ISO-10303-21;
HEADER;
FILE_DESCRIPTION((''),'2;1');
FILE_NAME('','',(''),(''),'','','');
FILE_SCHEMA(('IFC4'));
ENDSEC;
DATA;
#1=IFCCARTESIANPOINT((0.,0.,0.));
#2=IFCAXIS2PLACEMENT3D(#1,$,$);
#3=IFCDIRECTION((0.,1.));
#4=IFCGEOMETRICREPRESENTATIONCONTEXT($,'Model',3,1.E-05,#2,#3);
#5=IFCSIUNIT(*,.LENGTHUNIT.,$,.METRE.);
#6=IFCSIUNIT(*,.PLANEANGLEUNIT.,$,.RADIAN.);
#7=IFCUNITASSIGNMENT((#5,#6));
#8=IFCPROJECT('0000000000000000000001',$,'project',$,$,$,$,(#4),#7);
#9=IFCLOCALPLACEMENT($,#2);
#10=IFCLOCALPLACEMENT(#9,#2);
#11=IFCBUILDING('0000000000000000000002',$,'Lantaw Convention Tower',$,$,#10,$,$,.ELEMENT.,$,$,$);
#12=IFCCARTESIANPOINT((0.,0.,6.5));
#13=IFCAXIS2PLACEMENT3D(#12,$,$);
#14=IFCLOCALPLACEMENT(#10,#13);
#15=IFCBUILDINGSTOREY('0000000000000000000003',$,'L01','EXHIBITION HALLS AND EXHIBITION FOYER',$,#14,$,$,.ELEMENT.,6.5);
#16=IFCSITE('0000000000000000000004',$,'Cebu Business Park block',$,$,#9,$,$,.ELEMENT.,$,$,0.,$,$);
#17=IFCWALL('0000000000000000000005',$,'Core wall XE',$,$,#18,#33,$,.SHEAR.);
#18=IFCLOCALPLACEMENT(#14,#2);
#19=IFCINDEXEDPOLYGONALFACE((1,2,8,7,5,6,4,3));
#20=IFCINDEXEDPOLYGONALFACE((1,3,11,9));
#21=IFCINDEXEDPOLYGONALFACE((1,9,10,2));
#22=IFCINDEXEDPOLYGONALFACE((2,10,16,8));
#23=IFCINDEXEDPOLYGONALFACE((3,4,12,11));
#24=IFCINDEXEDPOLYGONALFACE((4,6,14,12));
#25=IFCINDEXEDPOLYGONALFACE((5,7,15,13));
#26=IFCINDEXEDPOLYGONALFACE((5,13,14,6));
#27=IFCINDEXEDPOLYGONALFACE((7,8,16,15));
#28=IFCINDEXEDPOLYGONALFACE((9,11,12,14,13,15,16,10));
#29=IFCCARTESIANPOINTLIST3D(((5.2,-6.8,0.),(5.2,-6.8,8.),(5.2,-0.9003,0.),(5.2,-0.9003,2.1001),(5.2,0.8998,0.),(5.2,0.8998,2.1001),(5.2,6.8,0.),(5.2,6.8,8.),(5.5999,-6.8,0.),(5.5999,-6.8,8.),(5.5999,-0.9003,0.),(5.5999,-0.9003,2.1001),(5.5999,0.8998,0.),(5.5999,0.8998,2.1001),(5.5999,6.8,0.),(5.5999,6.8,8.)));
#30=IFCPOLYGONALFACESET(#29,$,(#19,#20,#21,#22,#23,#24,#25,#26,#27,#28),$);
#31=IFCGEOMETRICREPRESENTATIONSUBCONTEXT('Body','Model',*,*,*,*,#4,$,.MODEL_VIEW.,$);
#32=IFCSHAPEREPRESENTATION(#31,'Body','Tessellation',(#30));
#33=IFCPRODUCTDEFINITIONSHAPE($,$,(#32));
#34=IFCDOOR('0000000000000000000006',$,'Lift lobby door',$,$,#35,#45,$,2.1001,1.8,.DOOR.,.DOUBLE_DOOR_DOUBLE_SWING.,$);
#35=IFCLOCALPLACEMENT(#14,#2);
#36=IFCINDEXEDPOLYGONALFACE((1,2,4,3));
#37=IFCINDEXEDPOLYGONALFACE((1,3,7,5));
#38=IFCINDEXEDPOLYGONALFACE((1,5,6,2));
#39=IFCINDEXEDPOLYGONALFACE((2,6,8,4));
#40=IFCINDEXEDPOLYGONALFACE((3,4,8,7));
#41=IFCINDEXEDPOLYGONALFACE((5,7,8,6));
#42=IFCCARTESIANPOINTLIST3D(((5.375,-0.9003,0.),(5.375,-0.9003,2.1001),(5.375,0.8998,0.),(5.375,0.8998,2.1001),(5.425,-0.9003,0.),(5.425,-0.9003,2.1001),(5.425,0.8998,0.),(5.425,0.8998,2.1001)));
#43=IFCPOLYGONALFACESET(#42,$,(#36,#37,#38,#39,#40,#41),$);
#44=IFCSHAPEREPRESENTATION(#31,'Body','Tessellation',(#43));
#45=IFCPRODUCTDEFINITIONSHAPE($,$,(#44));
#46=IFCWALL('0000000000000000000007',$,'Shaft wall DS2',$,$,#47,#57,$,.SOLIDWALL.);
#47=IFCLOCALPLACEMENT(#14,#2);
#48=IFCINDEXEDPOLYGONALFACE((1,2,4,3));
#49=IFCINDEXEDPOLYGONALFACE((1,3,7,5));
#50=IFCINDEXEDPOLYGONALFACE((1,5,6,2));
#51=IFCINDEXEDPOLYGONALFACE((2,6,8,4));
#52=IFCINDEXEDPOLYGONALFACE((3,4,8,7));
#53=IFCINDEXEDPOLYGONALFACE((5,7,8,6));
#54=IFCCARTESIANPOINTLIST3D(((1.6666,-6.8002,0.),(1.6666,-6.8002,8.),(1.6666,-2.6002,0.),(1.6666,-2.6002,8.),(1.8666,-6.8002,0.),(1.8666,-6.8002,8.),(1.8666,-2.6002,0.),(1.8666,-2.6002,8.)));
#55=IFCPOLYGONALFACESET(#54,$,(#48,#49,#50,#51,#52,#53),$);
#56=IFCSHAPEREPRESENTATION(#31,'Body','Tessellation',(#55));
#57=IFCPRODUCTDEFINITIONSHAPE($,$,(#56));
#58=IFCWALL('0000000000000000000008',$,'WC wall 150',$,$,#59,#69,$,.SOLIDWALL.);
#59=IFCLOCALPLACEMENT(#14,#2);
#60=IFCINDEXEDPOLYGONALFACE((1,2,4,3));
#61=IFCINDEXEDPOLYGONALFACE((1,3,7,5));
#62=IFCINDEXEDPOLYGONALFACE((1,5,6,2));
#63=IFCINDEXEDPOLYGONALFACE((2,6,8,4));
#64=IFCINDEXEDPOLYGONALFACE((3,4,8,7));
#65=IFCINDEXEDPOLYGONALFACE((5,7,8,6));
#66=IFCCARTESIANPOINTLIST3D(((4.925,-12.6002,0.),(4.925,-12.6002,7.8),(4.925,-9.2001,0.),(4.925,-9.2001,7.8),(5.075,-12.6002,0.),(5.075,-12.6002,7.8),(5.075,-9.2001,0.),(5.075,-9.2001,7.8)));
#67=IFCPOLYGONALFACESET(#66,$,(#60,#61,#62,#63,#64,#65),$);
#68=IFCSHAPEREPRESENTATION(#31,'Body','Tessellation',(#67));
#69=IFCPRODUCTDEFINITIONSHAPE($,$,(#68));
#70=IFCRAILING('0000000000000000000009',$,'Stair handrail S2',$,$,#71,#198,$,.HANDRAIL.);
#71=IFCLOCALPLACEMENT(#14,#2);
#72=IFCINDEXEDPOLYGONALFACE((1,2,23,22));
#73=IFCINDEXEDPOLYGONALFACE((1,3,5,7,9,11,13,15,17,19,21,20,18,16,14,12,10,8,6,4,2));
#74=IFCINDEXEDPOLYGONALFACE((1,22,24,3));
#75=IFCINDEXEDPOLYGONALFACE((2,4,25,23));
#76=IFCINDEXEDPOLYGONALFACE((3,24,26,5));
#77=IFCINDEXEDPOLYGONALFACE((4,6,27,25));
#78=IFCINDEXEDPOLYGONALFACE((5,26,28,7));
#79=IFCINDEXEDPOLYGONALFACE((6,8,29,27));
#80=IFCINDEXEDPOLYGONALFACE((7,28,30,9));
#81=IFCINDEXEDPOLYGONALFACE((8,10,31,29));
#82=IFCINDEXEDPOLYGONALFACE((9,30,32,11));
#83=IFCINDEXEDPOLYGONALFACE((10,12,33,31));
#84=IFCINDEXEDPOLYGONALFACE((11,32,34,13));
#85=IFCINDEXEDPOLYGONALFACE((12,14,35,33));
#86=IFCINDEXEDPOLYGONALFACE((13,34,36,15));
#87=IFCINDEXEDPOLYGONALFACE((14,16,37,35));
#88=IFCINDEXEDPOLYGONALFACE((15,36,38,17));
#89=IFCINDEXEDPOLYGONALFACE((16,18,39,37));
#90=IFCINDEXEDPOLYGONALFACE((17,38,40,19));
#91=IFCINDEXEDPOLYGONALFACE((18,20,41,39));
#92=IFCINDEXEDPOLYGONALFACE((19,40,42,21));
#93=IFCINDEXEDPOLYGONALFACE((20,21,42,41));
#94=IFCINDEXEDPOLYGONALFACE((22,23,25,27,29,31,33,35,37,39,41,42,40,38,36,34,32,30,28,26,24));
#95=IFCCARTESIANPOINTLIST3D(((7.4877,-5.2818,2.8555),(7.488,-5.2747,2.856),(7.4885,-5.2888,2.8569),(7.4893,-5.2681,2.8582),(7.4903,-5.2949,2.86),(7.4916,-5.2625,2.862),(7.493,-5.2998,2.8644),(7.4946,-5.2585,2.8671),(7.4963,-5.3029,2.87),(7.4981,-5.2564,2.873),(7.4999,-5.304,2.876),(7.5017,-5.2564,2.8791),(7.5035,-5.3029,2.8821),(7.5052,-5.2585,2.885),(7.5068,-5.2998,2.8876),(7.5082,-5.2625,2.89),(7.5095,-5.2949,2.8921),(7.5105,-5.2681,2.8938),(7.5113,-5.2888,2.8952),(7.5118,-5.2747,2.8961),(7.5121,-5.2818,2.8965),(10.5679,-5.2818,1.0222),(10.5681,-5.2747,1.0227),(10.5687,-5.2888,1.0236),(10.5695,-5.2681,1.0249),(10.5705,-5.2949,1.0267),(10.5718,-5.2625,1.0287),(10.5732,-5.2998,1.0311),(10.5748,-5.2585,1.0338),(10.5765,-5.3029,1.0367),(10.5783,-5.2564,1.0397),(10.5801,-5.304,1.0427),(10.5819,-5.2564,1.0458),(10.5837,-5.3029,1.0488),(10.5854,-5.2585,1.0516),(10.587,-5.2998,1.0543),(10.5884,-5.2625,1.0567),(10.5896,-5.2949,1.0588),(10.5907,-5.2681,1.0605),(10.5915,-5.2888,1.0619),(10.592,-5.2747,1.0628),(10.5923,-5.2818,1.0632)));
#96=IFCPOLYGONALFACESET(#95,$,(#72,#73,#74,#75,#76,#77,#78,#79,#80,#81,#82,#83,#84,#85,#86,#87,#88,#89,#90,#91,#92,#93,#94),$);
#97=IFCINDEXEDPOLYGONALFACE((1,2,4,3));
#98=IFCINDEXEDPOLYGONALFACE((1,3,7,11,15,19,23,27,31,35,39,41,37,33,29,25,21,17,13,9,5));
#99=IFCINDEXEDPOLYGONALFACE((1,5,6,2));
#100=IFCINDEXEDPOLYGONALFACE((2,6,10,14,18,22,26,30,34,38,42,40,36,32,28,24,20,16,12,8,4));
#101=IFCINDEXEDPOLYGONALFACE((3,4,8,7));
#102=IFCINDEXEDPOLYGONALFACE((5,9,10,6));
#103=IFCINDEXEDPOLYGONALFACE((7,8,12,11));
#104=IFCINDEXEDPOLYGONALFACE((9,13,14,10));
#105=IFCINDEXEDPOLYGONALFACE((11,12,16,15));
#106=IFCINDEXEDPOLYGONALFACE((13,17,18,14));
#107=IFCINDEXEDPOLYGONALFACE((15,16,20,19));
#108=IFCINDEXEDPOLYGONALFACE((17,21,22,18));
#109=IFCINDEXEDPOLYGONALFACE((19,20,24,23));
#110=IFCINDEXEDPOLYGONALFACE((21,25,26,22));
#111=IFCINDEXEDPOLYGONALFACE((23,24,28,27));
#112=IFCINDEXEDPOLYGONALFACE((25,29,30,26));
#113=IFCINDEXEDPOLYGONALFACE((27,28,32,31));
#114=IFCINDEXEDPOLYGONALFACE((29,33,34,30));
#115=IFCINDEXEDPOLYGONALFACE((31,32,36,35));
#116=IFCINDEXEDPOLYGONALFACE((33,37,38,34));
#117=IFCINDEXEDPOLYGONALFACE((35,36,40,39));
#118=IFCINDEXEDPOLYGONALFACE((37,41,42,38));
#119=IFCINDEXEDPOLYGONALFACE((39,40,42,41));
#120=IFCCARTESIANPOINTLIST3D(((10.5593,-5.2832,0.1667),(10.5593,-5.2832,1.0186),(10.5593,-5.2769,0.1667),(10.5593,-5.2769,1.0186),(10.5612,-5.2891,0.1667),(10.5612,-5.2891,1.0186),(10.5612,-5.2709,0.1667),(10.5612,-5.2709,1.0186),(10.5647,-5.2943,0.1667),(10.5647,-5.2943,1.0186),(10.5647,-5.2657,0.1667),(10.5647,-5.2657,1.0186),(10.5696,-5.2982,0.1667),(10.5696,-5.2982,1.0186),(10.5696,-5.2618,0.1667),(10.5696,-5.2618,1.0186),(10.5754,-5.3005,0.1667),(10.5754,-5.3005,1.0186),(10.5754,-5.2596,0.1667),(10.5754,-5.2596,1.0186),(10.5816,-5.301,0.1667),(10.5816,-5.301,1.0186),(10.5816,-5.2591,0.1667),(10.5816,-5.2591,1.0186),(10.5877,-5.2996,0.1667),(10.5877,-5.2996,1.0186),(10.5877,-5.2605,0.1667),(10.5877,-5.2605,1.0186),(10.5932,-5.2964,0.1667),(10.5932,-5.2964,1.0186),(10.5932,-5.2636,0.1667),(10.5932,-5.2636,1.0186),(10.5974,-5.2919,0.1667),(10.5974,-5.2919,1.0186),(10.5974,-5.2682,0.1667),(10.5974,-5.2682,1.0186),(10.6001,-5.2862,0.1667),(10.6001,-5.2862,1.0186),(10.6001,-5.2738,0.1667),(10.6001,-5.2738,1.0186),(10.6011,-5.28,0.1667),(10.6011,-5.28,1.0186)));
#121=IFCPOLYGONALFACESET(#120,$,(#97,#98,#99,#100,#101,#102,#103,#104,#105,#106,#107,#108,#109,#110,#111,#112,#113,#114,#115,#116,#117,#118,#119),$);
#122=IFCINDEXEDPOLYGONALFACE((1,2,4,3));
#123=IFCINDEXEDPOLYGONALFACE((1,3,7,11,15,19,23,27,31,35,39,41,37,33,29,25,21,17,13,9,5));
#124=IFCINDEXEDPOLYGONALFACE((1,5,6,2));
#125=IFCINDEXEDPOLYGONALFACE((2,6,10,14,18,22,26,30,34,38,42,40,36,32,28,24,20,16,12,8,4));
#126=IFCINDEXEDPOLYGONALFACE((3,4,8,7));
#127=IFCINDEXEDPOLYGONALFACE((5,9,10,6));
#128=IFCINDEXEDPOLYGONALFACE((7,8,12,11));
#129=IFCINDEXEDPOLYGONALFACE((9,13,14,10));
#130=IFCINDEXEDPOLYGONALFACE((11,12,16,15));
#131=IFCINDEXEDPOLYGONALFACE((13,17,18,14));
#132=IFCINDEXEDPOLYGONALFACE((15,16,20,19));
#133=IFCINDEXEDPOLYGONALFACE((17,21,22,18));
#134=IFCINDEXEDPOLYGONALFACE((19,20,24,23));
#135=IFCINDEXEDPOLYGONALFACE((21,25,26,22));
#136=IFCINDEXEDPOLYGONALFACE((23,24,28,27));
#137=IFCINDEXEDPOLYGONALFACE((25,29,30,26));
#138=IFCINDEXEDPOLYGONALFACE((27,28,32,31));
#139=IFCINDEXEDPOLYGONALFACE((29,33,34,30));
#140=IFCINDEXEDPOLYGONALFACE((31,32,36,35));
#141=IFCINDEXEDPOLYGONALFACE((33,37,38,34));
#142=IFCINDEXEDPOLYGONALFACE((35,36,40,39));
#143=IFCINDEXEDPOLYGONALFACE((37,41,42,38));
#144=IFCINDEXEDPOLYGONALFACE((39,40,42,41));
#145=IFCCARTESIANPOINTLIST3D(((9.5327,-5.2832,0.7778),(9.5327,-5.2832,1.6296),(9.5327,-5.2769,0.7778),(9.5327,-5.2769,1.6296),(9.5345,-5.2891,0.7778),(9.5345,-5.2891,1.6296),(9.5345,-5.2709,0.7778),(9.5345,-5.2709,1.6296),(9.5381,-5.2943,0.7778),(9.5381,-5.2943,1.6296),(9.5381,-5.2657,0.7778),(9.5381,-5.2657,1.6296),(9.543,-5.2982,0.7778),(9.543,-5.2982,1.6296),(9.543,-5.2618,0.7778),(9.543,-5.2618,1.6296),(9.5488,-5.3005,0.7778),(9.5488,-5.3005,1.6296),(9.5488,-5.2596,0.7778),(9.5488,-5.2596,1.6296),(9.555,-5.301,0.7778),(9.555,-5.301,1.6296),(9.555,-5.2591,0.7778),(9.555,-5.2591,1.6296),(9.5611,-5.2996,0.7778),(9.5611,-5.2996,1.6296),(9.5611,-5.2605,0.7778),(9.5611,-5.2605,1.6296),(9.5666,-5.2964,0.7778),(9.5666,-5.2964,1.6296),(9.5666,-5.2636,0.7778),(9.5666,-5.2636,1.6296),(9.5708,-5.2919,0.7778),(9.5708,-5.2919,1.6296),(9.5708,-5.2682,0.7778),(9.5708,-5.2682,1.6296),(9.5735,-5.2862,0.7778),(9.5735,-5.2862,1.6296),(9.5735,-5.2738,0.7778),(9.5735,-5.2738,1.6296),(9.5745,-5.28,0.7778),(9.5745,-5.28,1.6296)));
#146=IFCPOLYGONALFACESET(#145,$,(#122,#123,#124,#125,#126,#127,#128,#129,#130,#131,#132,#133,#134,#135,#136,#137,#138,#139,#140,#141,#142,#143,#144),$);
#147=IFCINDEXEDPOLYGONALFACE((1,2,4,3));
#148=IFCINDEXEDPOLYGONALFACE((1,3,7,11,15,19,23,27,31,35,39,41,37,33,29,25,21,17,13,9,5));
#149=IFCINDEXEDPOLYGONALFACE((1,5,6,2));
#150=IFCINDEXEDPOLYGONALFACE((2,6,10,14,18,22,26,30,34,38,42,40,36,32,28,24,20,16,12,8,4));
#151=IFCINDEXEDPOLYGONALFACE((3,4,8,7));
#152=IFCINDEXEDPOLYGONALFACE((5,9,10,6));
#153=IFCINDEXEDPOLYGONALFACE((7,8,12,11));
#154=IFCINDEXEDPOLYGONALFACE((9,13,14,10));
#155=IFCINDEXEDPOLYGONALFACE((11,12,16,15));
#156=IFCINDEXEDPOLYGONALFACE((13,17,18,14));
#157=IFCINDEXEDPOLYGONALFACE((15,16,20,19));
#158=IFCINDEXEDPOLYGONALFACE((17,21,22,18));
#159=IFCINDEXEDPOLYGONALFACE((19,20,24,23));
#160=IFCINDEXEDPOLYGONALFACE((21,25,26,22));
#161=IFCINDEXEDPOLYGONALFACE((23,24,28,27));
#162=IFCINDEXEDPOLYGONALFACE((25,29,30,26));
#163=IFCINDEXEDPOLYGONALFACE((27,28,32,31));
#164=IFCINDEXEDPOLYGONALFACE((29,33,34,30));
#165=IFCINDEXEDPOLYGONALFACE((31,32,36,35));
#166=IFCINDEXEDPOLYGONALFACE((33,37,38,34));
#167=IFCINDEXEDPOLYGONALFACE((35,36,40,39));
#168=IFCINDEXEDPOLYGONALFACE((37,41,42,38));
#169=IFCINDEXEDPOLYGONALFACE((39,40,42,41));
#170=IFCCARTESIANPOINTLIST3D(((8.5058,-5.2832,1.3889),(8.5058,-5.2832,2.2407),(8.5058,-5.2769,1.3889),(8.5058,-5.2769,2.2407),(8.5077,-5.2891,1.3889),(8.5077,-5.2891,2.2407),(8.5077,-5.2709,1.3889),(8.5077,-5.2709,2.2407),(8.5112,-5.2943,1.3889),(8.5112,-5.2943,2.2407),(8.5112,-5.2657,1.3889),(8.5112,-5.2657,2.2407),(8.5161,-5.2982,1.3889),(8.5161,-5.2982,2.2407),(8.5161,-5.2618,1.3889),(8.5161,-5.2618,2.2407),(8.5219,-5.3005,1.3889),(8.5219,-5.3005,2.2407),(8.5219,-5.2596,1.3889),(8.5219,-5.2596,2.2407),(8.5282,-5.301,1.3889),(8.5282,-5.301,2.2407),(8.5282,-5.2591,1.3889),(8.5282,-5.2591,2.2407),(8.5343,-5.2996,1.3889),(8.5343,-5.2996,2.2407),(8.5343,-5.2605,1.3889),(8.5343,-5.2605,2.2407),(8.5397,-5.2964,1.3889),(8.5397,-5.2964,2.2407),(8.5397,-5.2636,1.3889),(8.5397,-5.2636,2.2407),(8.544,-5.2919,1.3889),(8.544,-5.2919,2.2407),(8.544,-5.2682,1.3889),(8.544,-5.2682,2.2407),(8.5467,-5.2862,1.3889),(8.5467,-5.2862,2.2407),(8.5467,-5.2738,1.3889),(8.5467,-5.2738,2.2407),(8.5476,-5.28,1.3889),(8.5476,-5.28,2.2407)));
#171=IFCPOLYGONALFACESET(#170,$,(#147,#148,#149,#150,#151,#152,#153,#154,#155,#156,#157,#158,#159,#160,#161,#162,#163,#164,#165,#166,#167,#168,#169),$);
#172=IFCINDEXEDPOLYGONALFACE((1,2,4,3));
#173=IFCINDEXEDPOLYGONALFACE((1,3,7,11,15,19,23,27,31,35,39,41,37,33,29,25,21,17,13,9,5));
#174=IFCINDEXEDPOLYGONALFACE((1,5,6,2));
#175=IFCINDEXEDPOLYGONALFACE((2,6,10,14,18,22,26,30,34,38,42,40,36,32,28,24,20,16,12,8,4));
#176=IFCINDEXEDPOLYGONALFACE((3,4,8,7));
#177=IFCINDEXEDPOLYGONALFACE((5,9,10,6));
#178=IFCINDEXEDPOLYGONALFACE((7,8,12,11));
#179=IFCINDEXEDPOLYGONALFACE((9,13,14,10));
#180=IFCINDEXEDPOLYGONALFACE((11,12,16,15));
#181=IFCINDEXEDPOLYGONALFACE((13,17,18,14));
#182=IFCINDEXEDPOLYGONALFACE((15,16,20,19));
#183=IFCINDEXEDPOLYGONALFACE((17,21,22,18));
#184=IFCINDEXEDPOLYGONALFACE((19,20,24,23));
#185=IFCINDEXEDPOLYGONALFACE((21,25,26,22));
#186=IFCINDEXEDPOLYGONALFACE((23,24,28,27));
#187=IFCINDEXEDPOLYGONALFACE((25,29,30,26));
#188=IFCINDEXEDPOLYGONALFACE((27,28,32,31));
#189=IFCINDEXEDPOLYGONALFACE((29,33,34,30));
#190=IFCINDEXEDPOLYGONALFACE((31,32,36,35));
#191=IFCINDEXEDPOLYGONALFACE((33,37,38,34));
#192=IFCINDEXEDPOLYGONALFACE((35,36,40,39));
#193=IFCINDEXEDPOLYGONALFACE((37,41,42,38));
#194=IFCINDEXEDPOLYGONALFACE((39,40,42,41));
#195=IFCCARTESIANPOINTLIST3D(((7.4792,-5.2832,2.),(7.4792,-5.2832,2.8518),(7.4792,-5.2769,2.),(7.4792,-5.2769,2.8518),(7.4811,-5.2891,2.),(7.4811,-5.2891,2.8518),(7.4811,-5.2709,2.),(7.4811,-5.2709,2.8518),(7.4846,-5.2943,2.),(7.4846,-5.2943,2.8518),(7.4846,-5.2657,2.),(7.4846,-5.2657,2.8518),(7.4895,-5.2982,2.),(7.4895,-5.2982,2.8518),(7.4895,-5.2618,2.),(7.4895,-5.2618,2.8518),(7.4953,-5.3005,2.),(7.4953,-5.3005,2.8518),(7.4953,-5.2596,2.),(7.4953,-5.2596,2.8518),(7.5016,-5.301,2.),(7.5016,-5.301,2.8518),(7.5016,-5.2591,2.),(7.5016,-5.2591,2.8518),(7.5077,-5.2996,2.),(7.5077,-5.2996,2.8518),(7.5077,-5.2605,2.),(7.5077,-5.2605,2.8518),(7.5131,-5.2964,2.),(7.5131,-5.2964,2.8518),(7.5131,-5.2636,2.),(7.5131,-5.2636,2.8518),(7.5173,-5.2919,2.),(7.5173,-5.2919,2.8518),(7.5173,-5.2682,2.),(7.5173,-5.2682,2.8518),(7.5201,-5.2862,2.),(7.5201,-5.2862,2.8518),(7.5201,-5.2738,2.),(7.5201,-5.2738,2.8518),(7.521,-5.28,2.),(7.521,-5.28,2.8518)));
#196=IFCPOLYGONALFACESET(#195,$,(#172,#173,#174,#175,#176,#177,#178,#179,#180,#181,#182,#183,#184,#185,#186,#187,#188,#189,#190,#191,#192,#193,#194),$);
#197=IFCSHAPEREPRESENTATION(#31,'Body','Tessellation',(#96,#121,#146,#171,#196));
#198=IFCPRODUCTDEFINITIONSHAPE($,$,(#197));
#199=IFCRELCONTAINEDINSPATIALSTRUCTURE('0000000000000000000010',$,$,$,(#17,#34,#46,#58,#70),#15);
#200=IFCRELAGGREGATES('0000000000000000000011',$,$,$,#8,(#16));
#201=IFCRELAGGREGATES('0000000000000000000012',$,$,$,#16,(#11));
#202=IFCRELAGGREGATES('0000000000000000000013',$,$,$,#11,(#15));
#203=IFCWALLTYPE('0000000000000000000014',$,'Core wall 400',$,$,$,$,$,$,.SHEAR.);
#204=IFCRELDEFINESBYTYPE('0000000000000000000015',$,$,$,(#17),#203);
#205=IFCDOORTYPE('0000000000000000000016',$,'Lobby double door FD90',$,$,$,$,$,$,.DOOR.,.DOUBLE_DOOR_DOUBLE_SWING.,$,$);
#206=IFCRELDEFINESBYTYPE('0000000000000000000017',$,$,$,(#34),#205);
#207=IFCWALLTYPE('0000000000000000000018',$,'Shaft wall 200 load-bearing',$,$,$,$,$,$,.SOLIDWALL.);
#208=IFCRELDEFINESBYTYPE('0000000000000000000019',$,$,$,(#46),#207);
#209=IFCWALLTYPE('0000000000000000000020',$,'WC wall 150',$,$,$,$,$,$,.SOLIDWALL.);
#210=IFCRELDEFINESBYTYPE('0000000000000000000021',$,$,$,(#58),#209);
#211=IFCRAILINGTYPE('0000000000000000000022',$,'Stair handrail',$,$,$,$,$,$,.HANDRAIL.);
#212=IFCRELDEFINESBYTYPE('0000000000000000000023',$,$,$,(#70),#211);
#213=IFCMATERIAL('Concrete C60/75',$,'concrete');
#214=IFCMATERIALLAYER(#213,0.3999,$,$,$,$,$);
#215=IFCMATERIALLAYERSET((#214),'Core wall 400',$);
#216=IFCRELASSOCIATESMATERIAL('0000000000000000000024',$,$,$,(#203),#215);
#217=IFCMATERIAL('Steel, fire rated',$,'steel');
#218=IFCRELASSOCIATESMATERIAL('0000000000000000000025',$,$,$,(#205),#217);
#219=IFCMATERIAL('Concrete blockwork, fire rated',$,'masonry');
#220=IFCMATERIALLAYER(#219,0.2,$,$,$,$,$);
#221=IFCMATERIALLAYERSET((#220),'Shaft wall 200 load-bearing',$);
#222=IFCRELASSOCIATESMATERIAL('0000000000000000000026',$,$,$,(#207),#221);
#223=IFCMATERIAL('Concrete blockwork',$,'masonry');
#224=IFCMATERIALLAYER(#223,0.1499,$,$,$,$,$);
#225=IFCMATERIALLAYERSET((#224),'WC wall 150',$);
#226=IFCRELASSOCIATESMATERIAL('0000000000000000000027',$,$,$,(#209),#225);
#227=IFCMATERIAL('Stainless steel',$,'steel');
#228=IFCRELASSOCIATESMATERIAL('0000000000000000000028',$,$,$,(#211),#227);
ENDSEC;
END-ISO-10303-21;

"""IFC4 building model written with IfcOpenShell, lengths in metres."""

from ifc_helpers import new_model, si_unit, direction, frame, frame_2d, origin, origin_2d, place, context, subcontext, project, spatial, rectangle, circle, extrude, material, layer, layer_set, type_object, element, fill, save


model = new_model("IFC4")

# Units and contexts
model_context = context("Model", 3, precision=1e-05, world=origin(), true_north=direction((0.0, 1.0)))
body_context = subcontext(model_context, "Body", "Model", "MODEL_VIEW")
ifc_project = project(units=[si_unit("LENGTHUNIT", "METRE"), si_unit("PLANEANGLEUNIT", "RADIAN")], contexts=[model_context])

# Site, building, storey
site_placement = place(None, origin())
site = spatial("IfcSite", under=ifc_project, at=site_placement, Name="Cebu Business Park block", CompositionType="ELEMENT", RefElevation=0.0)
building_placement = place(site_placement, origin())
building = spatial("IfcBuilding", under=site, at=building_placement, Name="Lantaw Convention Tower", CompositionType="ELEMENT")
storey_placement = place(building_placement, frame((0.0, 0.0, 6.5)))
storey = spatial("IfcBuildingStorey", under=building, at=storey_placement, Name="L01", Description="EXHIBITION HALLS AND EXHIBITION FOYER", CompositionType="ELEMENT", Elevation=6.5)

# Wall, opening, door
ifc_material_1 = material(Name="Concrete C60/75", Category="concrete")
ifc_material_2 = material(Name="Steel, fire rated", Category="steel")
ifc_layer_1 = layer(ifc_material_1, 0.3999)
ifc_layer_set_1 = layer_set([ifc_layer_1], Name="Core wall 400")
wall_type_1 = type_object("IfcWallType", Name="Core wall 400", PredefinedType="SHEAR", material=ifc_layer_set_1)
wall_1_placement = place(storey_placement, frame((5.3999, -6.8, 0.0), z_axis=(0.0, 0.0, 1.0), x_axis=(0.0, 1.0, 0.0)))
wall_1 = element("IfcWall", 1, at=wall_1_placement, inside=storey, type_object=wall_type_1, Name="Core wall XE", PredefinedType="SHEAR", context=body_context, shape_type="SweptSolid", body=[
    extrude(rectangle(XDim=13.6001, YDim=0.3999, at=frame_2d((6.8, 0.0))), origin(), (0.0, 0.0, 1.0), 8.0),
])
opening_1_placement = place(wall_1_placement, frame((5.8999, 0.0, 0.0)))
opening_1 = element("IfcOpeningElement", 2, at=opening_1_placement, cuts=wall_1, PredefinedType="OPENING", context=body_context, shape_type="SweptSolid", body=[
    extrude(rectangle(XDim=1.8, YDim=2.1001, at=frame_2d((0.8999, 1.05))), frame((0.0, 0.21, 0.0), z_axis=(0.0, -1.0, 0.0), x_axis=(1.0, 0.0, 0.0)), (0.0, 0.0, 1.0), 0.4199),
])
door_type_1 = type_object("IfcDoorType", Name="Lobby double door FD90", OperationType="DOUBLE_DOOR_DOUBLE_SWING", PredefinedType="DOOR", material=ifc_material_2)
door_1_placement = place(opening_1_placement, origin())
door_1 = element("IfcDoor", 3, at=door_1_placement, inside=storey, type_object=door_type_1, Name="Lift lobby door", OperationType="DOUBLE_DOOR_DOUBLE_SWING", OverallHeight=2.1001, OverallWidth=1.8, PredefinedType="DOOR", context=body_context, shape_type="SweptSolid", body=[
    extrude(rectangle(XDim=1.8, YDim=2.1001, at=frame_2d((0.8999, 1.05))), frame((0.0, 0.0249, 0.0), z_axis=(0.0, -1.0, 0.0), x_axis=(1.0, 0.0, 0.0)), (0.0, 0.0, 1.0), 0.05),
])
fill(opening_1, door_1)

# Walls
ifc_material_3 = material(Name="Concrete blockwork, fire rated", Category="masonry")
ifc_layer_2 = layer(ifc_material_3, 0.2)
ifc_layer_set_2 = layer_set([ifc_layer_2], Name="Shaft wall 200 load-bearing")
wall_type_2 = type_object("IfcWallType", Name="Shaft wall 200 load-bearing", PredefinedType="SOLIDWALL", material=ifc_layer_set_2)
wall_2_placement = place(storey_placement, frame((1.7666, -2.6001, 0.0), z_axis=(0.0, 0.0, 1.0), x_axis=(0.0, -1.0, 0.0)))
element("IfcWall", 4, at=wall_2_placement, inside=storey, type_object=wall_type_2, Name="Shaft wall DS2", PredefinedType="SOLIDWALL", context=body_context, shape_type="SweptSolid", body=[
    extrude(rectangle(XDim=4.2, YDim=0.2, at=frame_2d((2.1001, 0.0))), origin(), (0.0, 0.0, 1.0), 8.0),
])
ifc_material_4 = material(Name="Concrete blockwork", Category="masonry")
ifc_layer_3 = layer(ifc_material_4, 0.1499)
ifc_layer_set_3 = layer_set([ifc_layer_3], Name="WC wall 150")
wall_type_3 = type_object("IfcWallType", Name="WC wall 150", PredefinedType="SOLIDWALL", material=ifc_layer_set_3)
wall_3_placement = place(storey_placement, frame((5.0, -9.2, 0.0), z_axis=(0.0, 0.0, 1.0), x_axis=(0.0, -1.0, 0.0)))
element("IfcWall", 5, at=wall_3_placement, inside=storey, type_object=wall_type_3, Name="WC wall 150", PredefinedType="SOLIDWALL", context=body_context, shape_type="SweptSolid", body=[
    extrude(rectangle(XDim=3.4001, YDim=0.1499, at=frame_2d((1.7002, 0.0))), origin(), (0.0, 0.0, 1.0), 7.8),
])

# Railing
ifc_material_5 = material(Name="Stainless steel", Category="steel")
railing_type = type_object("IfcRailingType", Name="Stair handrail", PredefinedType="HANDRAIL", material=ifc_material_5)
railing_1_placement = place(storey_placement, frame((10.5801, -5.28, 0.1667)))
element("IfcRailing", 6, at=railing_1_placement, inside=storey, type_object=railing_type, Name="Stair handrail S2", PredefinedType="HANDRAIL", context=body_context, shape_type="SweptSolid", body=[
    extrude(circle(Radius=0.0239, at=origin_2d()), frame((0.0, 0.0, 0.876), z_axis=(-0.859309, 0.0, 0.511458), x_axis=(0.0, -1.0, 0.0)), (0.0, 0.0, 1.0), 3.5845),
    extrude(circle(Radius=0.021, at=origin_2d()), origin(), (0.0, 0.0, 1.0), 0.8518),
    extrude(circle(Radius=0.021, at=origin_2d()), frame((-1.0266, 0.0, 0.6111)), (0.0, 0.0, 1.0), 0.8518),
    extrude(circle(Radius=0.021, at=origin_2d()), frame((-2.0535, 0.0, 1.2222)), (0.0, 0.0, 1.0), 0.8518),
    extrude(circle(Radius=0.021, at=origin_2d()), frame((-3.0801, 0.0, 1.8333)), (0.0, 0.0, 1.0), 0.8518),
])

save(model, "model.ifc")
